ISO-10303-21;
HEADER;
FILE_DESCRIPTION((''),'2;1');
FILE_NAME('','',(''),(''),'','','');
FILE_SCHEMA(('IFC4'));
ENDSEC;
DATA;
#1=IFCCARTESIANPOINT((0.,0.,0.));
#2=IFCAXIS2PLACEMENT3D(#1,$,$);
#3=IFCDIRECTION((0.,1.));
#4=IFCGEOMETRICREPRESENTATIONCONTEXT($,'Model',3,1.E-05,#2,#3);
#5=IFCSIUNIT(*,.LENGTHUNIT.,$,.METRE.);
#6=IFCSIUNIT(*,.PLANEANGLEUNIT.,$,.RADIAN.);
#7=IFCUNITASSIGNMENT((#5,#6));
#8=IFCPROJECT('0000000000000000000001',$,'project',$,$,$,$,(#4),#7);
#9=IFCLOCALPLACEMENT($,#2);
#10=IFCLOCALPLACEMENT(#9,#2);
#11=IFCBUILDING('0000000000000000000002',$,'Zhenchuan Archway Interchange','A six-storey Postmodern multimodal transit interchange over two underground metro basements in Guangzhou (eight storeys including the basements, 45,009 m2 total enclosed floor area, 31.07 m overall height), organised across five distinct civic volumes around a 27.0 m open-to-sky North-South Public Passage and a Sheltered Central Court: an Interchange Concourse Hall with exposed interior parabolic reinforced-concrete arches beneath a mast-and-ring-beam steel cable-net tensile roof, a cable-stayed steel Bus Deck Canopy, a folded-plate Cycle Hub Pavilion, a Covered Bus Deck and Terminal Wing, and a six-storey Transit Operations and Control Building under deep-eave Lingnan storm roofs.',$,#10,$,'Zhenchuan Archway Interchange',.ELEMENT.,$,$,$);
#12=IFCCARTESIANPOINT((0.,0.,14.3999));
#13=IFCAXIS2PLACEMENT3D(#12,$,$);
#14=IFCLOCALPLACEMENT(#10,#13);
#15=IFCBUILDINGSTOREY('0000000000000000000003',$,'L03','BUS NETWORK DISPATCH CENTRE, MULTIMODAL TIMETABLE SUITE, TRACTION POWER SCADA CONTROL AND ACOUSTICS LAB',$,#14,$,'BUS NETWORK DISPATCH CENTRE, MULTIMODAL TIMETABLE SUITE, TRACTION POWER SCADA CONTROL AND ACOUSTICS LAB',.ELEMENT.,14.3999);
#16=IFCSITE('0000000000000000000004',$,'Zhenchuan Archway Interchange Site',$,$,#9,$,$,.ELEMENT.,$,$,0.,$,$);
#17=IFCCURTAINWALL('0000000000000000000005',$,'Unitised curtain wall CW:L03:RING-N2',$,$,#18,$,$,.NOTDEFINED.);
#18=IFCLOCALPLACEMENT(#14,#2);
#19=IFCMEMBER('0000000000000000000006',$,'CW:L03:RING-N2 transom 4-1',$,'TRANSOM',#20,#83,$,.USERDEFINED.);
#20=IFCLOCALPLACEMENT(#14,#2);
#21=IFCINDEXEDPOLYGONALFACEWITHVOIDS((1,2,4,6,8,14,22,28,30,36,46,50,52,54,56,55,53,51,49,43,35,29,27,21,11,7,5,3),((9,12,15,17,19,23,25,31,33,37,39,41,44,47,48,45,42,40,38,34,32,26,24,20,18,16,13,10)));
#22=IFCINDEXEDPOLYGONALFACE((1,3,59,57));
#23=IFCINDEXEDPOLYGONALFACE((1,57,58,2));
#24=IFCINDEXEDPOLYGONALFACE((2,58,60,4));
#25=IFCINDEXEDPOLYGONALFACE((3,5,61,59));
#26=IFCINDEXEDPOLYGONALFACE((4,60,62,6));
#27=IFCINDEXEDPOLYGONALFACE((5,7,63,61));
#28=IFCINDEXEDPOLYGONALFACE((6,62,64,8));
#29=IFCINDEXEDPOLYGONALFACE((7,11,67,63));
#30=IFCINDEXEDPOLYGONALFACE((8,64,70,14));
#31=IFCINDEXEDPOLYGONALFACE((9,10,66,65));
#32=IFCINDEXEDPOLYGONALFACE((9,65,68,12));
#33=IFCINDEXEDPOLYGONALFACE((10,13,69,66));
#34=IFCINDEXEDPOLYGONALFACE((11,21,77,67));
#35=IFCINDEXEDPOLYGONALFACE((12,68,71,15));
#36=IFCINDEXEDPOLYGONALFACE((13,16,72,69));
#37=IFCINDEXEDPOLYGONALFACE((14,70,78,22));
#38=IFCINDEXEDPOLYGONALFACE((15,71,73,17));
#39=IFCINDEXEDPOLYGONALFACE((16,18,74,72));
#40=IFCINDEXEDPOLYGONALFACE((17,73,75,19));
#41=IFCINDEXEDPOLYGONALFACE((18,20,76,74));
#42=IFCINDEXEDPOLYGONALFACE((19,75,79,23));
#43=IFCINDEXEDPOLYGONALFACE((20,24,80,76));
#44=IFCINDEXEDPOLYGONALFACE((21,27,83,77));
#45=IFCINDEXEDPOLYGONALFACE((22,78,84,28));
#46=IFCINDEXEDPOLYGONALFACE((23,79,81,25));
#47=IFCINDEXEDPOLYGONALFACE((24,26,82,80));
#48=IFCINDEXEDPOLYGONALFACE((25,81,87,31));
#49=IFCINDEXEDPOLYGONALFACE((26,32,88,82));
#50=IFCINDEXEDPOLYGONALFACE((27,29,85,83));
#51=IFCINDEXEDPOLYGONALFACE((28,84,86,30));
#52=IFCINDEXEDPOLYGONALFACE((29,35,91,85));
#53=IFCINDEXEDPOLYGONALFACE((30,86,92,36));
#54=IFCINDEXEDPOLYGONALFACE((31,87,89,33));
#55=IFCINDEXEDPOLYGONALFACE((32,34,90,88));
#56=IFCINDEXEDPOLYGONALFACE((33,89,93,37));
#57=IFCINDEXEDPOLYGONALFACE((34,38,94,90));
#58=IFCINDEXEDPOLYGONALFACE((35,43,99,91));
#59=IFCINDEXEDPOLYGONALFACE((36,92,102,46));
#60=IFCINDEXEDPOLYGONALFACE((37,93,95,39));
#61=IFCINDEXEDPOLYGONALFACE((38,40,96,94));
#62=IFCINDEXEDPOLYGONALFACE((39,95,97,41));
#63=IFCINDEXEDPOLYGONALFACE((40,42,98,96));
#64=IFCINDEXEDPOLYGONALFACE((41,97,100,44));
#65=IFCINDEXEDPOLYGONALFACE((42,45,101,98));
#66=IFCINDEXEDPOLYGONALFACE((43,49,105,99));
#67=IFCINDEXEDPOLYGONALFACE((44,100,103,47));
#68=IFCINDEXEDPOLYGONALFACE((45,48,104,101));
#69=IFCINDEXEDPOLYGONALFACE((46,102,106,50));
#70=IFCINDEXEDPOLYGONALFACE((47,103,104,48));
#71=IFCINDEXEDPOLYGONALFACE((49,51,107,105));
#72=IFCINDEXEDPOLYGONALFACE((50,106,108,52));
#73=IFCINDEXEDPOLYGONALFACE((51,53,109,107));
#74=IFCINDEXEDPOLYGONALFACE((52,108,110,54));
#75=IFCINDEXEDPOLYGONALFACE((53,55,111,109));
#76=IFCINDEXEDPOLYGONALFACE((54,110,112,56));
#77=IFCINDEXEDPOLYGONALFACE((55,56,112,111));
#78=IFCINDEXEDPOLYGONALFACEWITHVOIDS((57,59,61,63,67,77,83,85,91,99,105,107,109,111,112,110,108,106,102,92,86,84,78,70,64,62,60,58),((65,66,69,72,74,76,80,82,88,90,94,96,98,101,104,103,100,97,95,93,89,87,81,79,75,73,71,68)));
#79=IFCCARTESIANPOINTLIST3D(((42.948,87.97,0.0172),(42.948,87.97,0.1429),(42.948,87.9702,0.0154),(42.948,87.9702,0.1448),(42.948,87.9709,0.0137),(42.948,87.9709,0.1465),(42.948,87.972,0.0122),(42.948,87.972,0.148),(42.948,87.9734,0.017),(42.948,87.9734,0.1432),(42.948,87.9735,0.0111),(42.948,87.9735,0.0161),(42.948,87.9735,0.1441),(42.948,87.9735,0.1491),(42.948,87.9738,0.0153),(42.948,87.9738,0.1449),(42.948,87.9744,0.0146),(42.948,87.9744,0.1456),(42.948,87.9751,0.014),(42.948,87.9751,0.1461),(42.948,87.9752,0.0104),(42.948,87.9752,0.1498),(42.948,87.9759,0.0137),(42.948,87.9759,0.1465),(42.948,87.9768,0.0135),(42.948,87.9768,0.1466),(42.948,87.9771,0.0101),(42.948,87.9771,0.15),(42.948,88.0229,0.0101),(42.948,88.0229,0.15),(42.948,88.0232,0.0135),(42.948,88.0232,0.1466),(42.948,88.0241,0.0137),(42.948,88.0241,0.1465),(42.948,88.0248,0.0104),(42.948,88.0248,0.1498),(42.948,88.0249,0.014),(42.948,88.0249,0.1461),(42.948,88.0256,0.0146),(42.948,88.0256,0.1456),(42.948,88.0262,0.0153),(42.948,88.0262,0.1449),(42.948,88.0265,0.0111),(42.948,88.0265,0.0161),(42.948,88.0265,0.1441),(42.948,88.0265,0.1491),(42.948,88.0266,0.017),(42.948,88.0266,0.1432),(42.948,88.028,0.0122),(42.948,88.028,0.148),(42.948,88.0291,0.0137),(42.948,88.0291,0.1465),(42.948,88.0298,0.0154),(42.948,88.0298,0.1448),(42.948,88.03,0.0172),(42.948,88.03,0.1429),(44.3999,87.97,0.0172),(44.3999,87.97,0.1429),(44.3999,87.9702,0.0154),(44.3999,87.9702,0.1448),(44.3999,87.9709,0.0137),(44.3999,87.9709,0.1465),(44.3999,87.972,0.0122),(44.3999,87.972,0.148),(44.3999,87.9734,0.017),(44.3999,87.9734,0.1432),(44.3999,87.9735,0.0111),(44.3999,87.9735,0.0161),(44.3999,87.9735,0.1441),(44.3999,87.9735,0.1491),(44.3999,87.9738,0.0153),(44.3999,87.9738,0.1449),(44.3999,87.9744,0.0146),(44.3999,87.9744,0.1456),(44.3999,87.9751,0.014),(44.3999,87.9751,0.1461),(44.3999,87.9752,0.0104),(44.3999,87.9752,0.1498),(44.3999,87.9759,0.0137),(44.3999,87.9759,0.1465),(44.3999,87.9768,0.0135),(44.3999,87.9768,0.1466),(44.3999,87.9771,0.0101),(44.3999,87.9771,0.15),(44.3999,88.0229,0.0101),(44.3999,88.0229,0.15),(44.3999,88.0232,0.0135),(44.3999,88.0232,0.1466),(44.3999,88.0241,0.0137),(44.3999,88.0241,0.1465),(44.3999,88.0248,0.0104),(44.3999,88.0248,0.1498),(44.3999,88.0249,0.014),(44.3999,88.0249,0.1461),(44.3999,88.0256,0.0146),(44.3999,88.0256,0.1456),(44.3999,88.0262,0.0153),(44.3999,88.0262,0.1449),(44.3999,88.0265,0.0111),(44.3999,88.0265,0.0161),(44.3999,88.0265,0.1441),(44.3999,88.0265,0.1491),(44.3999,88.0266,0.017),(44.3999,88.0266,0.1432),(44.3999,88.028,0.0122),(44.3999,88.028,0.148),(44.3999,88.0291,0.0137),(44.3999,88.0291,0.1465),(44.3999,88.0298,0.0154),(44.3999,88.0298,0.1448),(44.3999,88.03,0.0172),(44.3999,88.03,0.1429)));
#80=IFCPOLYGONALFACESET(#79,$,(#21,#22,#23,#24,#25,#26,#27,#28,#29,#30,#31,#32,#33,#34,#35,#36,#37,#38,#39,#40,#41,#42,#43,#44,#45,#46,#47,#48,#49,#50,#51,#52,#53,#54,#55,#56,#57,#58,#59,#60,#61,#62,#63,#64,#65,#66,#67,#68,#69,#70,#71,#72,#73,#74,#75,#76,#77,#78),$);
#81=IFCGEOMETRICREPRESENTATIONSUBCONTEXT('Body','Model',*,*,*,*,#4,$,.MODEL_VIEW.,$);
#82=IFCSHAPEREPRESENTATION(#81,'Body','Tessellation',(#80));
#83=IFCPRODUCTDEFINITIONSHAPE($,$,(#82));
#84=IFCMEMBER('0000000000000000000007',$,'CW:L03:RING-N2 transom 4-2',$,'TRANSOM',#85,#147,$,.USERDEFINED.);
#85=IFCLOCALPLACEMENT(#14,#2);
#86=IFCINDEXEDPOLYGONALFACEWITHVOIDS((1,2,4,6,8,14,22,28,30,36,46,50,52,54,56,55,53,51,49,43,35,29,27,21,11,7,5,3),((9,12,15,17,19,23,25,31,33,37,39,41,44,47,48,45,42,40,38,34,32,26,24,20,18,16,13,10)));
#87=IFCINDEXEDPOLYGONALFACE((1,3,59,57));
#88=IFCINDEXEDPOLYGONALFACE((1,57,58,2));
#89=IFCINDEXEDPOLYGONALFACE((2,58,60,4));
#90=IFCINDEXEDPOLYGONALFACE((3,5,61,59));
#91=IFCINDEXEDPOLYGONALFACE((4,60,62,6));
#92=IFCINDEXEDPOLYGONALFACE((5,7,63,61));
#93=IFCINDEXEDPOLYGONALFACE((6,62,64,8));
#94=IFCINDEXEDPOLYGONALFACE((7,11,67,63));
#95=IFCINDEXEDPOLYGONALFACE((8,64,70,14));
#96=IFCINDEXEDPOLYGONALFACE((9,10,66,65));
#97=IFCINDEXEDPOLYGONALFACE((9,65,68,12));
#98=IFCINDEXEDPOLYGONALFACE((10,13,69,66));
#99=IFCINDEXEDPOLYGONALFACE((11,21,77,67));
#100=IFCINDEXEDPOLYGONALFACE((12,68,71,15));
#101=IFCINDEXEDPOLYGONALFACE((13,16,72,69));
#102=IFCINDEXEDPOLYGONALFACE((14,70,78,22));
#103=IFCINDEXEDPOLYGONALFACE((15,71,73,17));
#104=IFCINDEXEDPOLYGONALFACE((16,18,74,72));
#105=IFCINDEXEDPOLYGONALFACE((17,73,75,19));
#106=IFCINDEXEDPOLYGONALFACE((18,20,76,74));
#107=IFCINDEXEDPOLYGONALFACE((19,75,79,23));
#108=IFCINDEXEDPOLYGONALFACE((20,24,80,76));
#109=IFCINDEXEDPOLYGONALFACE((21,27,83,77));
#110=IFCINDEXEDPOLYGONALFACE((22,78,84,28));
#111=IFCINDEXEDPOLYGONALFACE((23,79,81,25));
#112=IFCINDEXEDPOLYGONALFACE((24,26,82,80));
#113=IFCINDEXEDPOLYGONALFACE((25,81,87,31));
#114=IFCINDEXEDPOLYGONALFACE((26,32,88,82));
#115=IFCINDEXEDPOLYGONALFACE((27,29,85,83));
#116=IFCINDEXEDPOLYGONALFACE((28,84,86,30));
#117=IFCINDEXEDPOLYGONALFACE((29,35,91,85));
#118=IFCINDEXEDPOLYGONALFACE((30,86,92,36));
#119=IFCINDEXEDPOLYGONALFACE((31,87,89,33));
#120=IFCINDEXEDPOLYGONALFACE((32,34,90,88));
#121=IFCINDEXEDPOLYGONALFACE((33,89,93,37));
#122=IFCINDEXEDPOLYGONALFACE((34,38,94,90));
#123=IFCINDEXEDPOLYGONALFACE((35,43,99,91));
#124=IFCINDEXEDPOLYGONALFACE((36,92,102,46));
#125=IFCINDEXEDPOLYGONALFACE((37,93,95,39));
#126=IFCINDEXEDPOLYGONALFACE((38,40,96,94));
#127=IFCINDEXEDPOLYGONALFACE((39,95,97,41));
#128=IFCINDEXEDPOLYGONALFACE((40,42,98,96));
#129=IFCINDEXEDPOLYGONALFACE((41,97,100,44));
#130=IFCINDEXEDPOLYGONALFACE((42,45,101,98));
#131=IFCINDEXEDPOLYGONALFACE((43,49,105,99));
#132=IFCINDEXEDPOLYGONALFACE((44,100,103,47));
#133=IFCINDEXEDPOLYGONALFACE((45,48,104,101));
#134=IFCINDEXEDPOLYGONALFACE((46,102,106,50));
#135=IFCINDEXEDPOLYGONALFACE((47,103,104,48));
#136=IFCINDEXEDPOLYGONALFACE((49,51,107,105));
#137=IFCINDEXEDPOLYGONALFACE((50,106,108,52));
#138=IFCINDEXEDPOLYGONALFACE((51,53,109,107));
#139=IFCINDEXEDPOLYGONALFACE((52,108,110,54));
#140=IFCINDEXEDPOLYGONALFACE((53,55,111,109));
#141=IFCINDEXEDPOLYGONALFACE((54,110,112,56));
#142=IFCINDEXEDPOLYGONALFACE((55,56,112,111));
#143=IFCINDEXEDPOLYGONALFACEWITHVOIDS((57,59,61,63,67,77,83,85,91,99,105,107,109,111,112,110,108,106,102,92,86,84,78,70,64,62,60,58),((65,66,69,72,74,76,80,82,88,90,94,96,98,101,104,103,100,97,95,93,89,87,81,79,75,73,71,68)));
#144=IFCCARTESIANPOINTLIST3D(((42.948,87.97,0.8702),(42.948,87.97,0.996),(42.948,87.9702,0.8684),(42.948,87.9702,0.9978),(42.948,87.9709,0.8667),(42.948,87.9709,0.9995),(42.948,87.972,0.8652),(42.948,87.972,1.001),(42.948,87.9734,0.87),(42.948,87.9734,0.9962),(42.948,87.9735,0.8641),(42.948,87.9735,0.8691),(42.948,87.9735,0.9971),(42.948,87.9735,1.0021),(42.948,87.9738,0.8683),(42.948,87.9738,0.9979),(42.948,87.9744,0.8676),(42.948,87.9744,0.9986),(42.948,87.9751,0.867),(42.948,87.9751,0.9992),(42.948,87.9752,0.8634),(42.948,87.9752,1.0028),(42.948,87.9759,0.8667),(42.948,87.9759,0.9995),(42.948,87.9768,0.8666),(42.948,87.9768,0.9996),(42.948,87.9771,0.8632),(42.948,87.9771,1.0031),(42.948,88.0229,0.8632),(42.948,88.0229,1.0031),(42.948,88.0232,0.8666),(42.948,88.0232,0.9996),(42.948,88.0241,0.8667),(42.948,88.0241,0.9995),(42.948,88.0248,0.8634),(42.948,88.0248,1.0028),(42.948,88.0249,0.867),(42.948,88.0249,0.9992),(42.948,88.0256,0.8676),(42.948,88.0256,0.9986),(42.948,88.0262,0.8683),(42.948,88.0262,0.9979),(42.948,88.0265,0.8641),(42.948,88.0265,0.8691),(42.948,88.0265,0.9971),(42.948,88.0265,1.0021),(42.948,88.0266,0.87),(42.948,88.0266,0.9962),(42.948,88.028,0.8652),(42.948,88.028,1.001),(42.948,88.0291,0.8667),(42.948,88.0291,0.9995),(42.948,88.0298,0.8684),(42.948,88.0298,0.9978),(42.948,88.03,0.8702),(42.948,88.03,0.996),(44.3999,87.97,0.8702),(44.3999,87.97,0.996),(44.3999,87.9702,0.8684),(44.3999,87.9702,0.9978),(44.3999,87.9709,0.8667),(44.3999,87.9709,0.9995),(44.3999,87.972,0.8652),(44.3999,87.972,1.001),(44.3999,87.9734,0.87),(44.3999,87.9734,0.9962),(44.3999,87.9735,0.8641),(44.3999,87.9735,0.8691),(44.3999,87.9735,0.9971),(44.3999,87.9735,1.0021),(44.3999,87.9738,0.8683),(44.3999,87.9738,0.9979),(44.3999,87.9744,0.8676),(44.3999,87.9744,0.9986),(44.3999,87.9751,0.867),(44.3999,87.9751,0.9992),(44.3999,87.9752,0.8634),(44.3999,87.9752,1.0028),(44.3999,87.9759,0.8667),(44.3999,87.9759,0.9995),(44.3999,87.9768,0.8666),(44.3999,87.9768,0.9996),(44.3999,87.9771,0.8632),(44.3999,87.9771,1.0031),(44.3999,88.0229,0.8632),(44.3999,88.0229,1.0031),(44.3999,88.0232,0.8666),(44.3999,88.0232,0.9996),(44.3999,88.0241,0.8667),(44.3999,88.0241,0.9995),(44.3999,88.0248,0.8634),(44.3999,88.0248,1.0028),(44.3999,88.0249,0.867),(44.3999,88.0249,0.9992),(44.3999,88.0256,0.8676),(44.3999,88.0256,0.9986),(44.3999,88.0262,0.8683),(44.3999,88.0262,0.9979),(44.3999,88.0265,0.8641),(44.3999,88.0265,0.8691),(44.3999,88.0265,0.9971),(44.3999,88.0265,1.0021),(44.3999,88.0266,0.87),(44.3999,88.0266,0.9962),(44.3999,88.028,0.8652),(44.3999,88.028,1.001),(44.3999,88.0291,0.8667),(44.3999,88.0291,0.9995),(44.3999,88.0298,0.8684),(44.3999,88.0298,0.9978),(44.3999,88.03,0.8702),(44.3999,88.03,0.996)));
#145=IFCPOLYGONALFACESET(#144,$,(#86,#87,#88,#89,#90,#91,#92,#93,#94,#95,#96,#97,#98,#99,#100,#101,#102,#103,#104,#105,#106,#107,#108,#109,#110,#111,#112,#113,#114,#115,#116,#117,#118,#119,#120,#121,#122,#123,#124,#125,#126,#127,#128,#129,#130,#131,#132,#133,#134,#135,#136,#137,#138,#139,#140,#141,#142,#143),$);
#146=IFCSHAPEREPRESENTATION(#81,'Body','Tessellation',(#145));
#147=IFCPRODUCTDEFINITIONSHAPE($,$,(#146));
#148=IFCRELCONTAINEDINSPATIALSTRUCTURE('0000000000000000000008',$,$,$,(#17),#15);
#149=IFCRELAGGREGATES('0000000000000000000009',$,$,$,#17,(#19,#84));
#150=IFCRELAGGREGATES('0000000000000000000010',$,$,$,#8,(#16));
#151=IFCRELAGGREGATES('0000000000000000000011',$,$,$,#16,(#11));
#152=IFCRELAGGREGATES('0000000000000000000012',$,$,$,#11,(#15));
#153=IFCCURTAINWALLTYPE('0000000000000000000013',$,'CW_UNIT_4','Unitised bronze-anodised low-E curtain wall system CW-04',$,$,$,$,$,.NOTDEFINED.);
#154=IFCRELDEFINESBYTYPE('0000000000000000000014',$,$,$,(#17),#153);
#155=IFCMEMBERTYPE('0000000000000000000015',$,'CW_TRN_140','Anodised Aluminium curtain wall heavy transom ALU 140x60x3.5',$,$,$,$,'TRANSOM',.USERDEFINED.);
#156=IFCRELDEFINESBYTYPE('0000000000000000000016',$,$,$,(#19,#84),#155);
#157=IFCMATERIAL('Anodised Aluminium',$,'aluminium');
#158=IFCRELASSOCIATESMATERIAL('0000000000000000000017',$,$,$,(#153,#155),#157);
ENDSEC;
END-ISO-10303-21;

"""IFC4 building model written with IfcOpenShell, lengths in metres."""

from ifc_helpers import new_model, si_unit, direction, frame, origin, origin_2d, place, context, subcontext, project, spatial, hollow_rectangle, extrude, material, material_profile, profile_set, type_object, element, aggregate, save


model = new_model("IFC4")

# Units and contexts
model_context = context("Model", 3, precision=1e-05, world=origin(), true_north=direction((0.0, 1.0)))
body_context = subcontext(model_context, "Body", "Model", "MODEL_VIEW")
ifc_project = project(units=[si_unit("LENGTHUNIT", "METRE"), si_unit("PLANEANGLEUNIT", "RADIAN")], contexts=[model_context])

# Site, building, storey
site_placement = place(None, origin())
site = spatial("IfcSite", under=ifc_project, at=site_placement, Name="Zhenchuan Archway Interchange Site", CompositionType="ELEMENT", RefElevation=0.0)
building_placement = place(site_placement, origin())
building = spatial("IfcBuilding", under=site, at=building_placement, Name="Zhenchuan Archway Interchange", Description="A six-storey Postmodern multimodal transit interchange over two underground metro basements in Guangzhou (eight storeys including the basements, 45,009 m2 total enclosed floor area, 31.07 m overall height), organised across five distinct civic volumes around a 27.0 m open-to-sky North-South Public Passage and a Sheltered Central Court: an Interchange Concourse Hall with exposed interior parabolic reinforced-concrete arches beneath a mast-and-ring-beam steel cable-net tensile roof, a cable-stayed steel Bus Deck Canopy, a folded-plate Cycle Hub Pavilion, a Covered Bus Deck and Terminal Wing, and a six-storey Transit Operations and Control Building under deep-eave Lingnan storm roofs.", LongName="Zhenchuan Archway Interchange", CompositionType="ELEMENT")
storey_placement = place(building_placement, frame((0.0, 0.0, 14.3999)))
storey = spatial("IfcBuildingStorey", under=building, at=storey_placement, Name="L03", Description="BUS NETWORK DISPATCH CENTRE, MULTIMODAL TIMETABLE SUITE, TRACTION POWER SCADA CONTROL AND ACOUSTICS LAB", LongName="BUS NETWORK DISPATCH CENTRE, MULTIMODAL TIMETABLE SUITE, TRACTION POWER SCADA CONTROL AND ACOUSTICS LAB", CompositionType="ELEMENT", Elevation=14.3999)

# Curtain wall
ifc_material_1 = material(Name="Anodised Aluminium", Category="aluminium")
curtain_wall_type = type_object("IfcCurtainWallType", Name="CW_UNIT_4", Description="Unitised bronze-anodised low-E curtain wall system CW-04", PredefinedType="NOTDEFINED", material=ifc_material_1)
curtain_wall_1_placement = place(storey_placement, origin())
curtain_wall_1 = element("IfcCurtainWall", 1, at=curtain_wall_1_placement, inside=storey, type_object=curtain_wall_type, Name="Unitised curtain wall CW:L03:RING-N2", PredefinedType="NOTDEFINED")

# Members
ifc_material_profile_1 = material_profile(ifc_material_1, hollow_rectangle(XDim=0.0601, YDim=0.1399, WallThickness=0.0034, InnerFilletRadius=0.0034, OuterFilletRadius=0.0071, at=origin_2d()), Name="ALU 140x60x3.5")
ifc_profile_set_1 = profile_set([ifc_material_profile_1], Name="Anodised Aluminium")
member_type_1 = type_object("IfcMemberType", Name="CW_TRN_140", Description="Anodised Aluminium curtain wall heavy transom ALU 140x60x3.5", ElementType="TRANSOM", PredefinedType="USERDEFINED", material=ifc_profile_set_1)
member_1_placement = place(storey_placement, frame((42.948, 88.0, 0.0801), z_axis=(1.0, 0.0, 0.0), x_axis=(0.0, 1.0, 0.0)))
member_1 = element("IfcMember", 2, at=member_1_placement, type_object=member_type_1, Name="CW:L03:RING-N2 transom 4-1", ObjectType="TRANSOM", PredefinedType="USERDEFINED", context=body_context, shape_type="SweptSolid", body=[
    extrude(hollow_rectangle(XDim=0.0601, YDim=0.1399, WallThickness=0.0034, InnerFilletRadius=0.0034, OuterFilletRadius=0.0071, at=origin_2d()), origin(), (0.0, 0.0, 1.0), 1.4519),
])
member_2_placement = place(storey_placement, frame((42.948, 88.0, 0.9331), z_axis=(1.0, 0.0, 0.0), x_axis=(0.0, 1.0, 0.0)))
member_2 = element("IfcMember", 3, at=member_2_placement, type_object=member_type_1, Name="CW:L03:RING-N2 transom 4-2", ObjectType="TRANSOM", PredefinedType="USERDEFINED", context=body_context, shape_type="SweptSolid", body=[
    extrude(hollow_rectangle(XDim=0.0601, YDim=0.1399, WallThickness=0.0034, InnerFilletRadius=0.0034, OuterFilletRadius=0.0071, at=origin_2d()), origin(), (0.0, 0.0, 1.0), 1.4519),
])

aggregate(curtain_wall_1, [member_1, member_2])

save(model, "model.ifc")
